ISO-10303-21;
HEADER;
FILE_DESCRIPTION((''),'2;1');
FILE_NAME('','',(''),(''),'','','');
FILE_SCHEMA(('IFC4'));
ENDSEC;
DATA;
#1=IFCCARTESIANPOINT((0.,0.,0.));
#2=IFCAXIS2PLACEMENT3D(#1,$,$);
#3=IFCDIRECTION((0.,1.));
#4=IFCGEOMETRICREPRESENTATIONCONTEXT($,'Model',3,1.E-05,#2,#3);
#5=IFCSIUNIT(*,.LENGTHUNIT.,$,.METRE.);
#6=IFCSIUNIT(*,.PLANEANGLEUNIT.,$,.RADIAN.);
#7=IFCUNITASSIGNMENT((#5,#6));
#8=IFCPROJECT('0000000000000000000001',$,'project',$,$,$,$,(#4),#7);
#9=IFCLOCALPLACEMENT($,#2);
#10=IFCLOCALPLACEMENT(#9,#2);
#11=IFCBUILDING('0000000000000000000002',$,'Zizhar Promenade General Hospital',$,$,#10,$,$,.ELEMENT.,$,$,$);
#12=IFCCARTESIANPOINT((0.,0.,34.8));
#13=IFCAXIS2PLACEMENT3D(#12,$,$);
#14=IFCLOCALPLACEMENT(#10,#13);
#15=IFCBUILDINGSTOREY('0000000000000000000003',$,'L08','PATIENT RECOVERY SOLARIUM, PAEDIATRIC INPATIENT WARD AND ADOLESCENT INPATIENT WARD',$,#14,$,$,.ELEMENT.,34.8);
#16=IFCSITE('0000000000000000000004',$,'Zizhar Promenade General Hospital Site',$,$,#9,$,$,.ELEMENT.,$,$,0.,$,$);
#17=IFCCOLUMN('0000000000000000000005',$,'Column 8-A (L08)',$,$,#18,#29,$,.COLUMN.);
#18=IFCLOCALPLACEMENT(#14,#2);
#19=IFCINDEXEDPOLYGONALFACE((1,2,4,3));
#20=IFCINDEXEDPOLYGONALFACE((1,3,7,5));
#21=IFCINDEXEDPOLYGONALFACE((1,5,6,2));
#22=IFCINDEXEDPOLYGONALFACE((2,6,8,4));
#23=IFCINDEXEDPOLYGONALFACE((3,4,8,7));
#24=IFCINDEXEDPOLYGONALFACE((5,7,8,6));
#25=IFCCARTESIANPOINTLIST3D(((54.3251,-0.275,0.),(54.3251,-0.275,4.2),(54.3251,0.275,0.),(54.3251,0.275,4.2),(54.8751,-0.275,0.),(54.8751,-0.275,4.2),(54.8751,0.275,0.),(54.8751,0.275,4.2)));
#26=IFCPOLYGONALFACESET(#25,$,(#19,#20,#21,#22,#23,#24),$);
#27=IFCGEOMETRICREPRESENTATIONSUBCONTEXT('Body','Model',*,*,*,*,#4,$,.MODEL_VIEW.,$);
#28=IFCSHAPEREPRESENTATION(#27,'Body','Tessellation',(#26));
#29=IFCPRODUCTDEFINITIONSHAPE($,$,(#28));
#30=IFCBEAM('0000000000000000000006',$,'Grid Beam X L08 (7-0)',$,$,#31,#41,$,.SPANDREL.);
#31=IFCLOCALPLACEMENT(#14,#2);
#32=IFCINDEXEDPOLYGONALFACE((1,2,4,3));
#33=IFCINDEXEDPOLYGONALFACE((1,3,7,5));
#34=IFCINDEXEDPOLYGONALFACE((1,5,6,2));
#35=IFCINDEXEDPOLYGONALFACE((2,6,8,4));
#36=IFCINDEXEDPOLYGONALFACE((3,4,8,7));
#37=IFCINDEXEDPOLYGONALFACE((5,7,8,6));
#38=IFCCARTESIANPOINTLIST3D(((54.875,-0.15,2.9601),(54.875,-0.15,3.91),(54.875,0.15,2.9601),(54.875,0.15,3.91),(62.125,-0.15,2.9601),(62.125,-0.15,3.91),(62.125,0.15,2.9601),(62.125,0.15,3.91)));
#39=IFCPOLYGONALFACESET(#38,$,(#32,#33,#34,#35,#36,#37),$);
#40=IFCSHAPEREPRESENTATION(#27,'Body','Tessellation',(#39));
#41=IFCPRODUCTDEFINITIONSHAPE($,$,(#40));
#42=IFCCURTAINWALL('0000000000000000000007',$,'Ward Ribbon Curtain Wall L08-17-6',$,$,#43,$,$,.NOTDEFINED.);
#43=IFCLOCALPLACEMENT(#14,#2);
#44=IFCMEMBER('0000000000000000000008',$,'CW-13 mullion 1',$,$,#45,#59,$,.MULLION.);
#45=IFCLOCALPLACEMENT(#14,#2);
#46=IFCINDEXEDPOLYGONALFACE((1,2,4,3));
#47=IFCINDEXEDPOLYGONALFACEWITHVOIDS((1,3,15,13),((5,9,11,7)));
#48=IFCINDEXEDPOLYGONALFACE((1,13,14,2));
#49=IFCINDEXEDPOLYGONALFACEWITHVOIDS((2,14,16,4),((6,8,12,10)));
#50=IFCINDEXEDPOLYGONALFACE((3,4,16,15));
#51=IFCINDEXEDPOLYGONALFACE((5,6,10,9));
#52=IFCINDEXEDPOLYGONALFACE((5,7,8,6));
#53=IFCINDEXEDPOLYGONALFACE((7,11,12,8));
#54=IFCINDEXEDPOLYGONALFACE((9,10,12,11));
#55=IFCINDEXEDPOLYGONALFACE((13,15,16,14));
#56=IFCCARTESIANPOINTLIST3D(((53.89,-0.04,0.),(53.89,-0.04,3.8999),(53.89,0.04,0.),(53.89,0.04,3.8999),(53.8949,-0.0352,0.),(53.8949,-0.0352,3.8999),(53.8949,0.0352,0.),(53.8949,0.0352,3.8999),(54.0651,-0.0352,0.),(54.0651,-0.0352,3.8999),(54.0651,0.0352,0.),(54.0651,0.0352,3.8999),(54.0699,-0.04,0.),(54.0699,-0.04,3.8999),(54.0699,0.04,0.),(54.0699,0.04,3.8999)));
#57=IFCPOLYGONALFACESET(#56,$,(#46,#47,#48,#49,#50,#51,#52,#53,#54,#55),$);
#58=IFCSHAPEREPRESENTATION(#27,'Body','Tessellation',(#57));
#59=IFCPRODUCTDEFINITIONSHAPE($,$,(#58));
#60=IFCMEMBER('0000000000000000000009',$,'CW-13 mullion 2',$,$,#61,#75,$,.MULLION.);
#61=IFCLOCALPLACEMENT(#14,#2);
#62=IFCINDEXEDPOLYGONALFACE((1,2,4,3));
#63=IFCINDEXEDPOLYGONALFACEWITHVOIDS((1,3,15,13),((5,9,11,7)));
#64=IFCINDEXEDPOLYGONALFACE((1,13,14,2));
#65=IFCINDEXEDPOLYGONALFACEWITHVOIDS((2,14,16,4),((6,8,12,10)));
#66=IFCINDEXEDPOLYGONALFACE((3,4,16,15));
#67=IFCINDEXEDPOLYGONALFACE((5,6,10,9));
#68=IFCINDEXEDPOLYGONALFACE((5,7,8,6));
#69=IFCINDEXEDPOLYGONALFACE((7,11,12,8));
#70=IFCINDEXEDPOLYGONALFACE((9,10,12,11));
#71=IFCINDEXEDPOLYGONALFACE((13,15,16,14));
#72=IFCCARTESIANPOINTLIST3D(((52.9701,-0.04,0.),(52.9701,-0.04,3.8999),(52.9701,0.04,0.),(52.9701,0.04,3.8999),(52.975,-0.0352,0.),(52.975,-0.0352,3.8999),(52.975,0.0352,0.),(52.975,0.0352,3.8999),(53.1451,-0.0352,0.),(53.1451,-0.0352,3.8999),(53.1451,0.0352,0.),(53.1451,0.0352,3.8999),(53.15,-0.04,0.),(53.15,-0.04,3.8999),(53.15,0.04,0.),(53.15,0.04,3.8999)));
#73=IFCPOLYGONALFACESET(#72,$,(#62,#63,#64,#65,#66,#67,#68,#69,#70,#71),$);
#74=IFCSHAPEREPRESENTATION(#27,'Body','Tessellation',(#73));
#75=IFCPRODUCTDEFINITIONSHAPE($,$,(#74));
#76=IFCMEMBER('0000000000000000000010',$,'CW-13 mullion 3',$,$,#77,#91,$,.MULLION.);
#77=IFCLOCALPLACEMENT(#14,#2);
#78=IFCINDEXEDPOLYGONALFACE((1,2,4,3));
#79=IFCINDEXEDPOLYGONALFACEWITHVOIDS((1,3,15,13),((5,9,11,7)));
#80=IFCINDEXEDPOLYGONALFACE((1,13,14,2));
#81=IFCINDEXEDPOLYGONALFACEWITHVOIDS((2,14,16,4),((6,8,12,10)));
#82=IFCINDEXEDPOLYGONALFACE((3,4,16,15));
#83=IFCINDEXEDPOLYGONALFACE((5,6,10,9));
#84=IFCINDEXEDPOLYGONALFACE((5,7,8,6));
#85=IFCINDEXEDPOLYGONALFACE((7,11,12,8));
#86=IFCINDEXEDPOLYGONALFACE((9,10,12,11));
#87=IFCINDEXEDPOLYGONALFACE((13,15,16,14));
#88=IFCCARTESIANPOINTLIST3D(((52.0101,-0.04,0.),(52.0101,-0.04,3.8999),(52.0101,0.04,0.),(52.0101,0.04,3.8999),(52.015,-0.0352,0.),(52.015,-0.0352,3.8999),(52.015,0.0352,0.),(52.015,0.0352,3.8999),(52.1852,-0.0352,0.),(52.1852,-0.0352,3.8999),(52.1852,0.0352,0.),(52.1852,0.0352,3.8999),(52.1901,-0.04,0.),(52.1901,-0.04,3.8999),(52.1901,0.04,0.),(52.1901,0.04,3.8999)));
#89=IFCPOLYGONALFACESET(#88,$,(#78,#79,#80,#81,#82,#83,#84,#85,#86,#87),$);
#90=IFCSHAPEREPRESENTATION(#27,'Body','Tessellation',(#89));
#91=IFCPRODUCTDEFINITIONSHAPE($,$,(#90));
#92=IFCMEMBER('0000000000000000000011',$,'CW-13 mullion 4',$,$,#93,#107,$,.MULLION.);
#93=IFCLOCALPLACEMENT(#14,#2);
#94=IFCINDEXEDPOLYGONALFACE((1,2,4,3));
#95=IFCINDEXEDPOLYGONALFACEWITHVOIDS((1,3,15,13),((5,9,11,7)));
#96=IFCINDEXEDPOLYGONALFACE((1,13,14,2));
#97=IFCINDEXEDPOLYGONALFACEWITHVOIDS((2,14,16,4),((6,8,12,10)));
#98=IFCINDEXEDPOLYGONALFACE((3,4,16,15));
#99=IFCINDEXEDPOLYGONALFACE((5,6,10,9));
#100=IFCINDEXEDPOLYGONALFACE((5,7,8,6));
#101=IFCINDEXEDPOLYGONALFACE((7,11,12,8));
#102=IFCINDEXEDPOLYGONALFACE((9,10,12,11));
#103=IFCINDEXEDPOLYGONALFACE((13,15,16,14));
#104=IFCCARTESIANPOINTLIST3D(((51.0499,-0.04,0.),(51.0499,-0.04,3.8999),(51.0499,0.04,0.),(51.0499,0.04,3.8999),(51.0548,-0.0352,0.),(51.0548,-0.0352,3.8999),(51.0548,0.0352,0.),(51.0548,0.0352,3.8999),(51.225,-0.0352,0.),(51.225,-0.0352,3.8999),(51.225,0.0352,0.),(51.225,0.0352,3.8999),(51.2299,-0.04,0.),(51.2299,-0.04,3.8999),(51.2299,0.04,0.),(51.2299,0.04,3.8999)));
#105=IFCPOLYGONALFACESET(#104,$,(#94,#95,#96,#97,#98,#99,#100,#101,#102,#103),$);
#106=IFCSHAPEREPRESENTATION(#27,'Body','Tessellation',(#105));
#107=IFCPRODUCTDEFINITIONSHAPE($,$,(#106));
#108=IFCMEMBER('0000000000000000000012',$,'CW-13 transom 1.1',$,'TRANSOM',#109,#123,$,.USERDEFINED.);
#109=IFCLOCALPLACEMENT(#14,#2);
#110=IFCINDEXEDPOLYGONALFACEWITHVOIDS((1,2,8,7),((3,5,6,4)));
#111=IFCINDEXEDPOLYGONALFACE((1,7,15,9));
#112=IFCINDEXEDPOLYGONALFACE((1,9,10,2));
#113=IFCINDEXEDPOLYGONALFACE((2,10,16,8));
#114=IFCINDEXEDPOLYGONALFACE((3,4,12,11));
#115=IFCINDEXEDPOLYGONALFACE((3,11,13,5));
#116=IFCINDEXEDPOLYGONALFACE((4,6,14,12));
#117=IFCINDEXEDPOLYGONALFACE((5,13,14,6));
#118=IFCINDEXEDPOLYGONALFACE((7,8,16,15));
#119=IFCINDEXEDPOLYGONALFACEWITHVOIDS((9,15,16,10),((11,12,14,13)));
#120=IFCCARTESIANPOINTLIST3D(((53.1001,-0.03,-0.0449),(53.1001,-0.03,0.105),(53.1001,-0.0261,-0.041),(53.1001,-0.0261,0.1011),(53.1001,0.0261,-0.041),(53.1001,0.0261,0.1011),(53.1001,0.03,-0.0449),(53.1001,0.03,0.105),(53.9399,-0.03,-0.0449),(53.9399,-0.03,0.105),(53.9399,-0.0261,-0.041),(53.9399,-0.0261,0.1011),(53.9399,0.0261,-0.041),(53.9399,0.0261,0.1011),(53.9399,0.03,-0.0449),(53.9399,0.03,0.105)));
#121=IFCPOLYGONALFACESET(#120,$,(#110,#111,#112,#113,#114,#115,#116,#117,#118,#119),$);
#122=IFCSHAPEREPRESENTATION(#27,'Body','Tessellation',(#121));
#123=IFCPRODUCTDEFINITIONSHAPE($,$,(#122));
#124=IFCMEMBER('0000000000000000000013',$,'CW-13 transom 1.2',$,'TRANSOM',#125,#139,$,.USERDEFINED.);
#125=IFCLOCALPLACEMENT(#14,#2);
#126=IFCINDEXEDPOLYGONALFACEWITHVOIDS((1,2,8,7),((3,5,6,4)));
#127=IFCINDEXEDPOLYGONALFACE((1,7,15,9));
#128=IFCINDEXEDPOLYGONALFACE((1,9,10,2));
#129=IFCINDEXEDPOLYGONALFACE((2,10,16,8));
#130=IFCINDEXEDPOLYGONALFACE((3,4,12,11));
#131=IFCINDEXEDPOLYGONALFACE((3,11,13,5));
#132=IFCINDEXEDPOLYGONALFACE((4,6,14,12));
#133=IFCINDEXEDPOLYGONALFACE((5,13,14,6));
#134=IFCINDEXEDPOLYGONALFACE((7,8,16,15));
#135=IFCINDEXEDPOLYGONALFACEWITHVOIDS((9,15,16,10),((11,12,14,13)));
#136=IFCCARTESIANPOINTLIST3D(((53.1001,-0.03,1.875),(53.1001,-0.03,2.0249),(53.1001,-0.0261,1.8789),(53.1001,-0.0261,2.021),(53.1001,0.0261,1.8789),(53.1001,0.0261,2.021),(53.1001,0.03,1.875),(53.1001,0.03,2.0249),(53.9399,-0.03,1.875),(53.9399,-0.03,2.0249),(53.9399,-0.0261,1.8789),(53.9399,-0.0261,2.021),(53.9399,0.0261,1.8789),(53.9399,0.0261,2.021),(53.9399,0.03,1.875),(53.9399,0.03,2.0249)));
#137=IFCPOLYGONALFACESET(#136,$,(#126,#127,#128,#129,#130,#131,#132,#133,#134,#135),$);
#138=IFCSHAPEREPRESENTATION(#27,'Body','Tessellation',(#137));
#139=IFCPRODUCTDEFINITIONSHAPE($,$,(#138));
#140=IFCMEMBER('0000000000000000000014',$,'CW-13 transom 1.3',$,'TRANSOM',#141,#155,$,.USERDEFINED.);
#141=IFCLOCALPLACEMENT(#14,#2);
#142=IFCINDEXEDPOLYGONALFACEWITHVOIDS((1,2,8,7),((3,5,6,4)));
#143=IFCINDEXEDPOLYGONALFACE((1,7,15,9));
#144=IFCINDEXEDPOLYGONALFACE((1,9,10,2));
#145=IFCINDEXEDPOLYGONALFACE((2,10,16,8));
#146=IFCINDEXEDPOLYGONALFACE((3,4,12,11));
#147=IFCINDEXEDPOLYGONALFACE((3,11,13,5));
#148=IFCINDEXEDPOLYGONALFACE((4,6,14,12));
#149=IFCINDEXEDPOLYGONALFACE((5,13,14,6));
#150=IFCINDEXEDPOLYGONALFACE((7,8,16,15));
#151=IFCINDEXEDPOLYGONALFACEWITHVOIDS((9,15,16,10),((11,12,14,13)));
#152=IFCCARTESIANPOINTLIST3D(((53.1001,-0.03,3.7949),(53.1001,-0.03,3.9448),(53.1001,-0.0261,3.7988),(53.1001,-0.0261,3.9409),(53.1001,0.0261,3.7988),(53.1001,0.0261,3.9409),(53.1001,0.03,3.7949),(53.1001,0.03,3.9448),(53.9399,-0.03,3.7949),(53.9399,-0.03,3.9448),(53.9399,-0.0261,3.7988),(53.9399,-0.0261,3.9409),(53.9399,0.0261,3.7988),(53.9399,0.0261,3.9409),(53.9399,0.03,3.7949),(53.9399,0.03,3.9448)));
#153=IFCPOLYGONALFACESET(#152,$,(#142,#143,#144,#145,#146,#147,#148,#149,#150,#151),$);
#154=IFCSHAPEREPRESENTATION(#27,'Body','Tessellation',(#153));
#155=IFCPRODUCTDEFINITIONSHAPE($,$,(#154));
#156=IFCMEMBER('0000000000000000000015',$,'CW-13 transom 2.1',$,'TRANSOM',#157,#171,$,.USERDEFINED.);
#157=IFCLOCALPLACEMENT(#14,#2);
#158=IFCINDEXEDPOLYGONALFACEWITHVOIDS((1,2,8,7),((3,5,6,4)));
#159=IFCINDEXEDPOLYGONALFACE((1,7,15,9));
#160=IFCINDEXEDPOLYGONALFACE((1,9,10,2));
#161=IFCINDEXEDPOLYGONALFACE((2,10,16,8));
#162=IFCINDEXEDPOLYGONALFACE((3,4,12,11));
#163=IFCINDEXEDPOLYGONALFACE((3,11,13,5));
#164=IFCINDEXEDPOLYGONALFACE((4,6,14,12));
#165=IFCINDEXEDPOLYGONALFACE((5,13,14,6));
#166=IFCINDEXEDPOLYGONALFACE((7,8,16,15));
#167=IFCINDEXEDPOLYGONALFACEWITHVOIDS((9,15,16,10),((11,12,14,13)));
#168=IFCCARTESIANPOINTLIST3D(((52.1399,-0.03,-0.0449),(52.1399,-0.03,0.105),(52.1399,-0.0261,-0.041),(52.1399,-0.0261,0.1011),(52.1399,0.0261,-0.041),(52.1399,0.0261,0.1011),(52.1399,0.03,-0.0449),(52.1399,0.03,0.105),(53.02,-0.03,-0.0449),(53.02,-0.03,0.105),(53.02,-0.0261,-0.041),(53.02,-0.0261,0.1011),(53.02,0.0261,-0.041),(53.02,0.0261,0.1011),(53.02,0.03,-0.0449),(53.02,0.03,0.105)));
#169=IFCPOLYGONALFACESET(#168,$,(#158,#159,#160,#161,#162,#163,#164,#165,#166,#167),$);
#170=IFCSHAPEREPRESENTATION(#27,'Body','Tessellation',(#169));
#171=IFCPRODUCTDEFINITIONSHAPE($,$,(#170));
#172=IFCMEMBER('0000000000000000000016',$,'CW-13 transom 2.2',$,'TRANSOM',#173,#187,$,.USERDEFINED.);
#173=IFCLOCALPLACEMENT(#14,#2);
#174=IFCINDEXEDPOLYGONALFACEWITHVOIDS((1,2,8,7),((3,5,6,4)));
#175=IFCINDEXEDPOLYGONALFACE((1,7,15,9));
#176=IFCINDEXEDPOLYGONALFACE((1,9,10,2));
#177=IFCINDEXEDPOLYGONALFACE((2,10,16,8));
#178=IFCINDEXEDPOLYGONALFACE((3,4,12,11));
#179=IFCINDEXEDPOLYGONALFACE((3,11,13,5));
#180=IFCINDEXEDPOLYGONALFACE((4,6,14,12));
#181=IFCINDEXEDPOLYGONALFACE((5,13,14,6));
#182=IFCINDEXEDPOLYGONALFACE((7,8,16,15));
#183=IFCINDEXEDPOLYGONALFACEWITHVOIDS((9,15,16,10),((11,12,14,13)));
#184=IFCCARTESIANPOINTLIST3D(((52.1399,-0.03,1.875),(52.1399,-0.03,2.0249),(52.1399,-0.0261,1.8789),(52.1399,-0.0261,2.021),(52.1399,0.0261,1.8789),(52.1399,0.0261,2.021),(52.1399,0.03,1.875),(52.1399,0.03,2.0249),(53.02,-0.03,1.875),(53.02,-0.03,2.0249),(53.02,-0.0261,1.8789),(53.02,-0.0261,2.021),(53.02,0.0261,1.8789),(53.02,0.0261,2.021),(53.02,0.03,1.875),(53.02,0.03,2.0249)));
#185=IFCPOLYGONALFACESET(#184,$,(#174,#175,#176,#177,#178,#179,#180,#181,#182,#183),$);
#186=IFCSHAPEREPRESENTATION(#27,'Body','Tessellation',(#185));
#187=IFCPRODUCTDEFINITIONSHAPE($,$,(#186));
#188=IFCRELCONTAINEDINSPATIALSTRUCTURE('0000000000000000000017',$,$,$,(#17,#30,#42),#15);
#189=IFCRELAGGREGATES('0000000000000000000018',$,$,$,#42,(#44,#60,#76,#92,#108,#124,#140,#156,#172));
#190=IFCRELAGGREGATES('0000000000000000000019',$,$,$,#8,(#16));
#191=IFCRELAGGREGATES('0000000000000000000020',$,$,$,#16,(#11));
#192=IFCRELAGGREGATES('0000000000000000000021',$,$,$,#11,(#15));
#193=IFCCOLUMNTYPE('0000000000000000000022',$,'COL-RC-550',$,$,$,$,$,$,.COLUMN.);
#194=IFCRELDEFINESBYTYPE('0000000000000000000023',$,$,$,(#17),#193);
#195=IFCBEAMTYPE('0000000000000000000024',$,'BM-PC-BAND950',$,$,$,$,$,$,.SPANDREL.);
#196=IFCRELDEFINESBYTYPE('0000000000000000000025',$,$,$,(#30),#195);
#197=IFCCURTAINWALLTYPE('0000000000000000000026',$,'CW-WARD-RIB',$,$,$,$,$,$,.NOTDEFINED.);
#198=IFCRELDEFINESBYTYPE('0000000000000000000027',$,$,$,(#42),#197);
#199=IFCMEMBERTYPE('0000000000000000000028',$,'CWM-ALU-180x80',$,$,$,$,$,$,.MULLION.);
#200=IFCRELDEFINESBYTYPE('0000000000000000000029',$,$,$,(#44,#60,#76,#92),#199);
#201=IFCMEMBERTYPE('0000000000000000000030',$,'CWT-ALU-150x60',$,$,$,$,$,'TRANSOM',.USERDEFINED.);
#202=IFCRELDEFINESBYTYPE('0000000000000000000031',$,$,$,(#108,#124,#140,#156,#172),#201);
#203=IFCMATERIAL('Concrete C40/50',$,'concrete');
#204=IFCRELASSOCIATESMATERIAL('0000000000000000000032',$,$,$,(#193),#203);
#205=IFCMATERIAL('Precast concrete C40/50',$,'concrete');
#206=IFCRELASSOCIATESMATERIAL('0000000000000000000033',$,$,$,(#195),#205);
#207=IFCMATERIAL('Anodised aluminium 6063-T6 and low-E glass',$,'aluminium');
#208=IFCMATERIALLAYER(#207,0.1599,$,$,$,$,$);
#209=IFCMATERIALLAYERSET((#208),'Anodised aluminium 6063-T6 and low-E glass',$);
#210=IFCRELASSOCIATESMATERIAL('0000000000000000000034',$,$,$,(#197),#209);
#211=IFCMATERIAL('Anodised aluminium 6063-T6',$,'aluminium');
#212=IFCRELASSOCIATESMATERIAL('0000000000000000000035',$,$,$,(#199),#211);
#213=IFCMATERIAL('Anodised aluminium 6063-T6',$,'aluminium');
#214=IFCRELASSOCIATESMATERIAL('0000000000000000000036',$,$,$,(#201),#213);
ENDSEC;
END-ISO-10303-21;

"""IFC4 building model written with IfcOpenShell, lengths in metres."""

from ifc_helpers import new_model, si_unit, direction, frame, origin, origin_2d, place, context, subcontext, project, spatial, rectangle, hollow_rectangle, extrude, material, layer, layer_set, material_profile, profile_set, type_object, element, aggregate, save


model = new_model("IFC4")

# Units and contexts
model_context = context("Model", 3, precision=1e-05, world=origin(), true_north=direction((0.0, 1.0)))
body_context = subcontext(model_context, "Body", "Model", "MODEL_VIEW")
ifc_project = project(units=[si_unit("LENGTHUNIT", "METRE"), si_unit("PLANEANGLEUNIT", "RADIAN")], contexts=[model_context])

# Site, building, storey
site_placement = place(None, origin())
site = spatial("IfcSite", under=ifc_project, at=site_placement, Name="Zizhar Promenade General Hospital Site", CompositionType="ELEMENT", RefElevation=0.0)
building_placement = place(site_placement, origin())
building = spatial("IfcBuilding", under=site, at=building_placement, Name="Zizhar Promenade General Hospital", CompositionType="ELEMENT")
storey_placement = place(building_placement, frame((0.0, 0.0, 34.8)))
storey = spatial("IfcBuildingStorey", under=building, at=storey_placement, Name="L08", Description="PATIENT RECOVERY SOLARIUM, PAEDIATRIC INPATIENT WARD AND ADOLESCENT INPATIENT WARD", CompositionType="ELEMENT", Elevation=34.8)

# Column
ifc_material_1 = material(Name="Concrete C40/50", Category="concrete")
ifc_material_profile_1 = material_profile(ifc_material_1, rectangle(XDim=0.55, YDim=0.55, at=origin_2d()))
ifc_profile_set_1 = profile_set([ifc_material_profile_1], Name="Concrete C40/50")
column_type = type_object("IfcColumnType", Name="COL-RC-550", PredefinedType="COLUMN", material=ifc_profile_set_1)
column_placement = place(storey_placement, frame((54.6001, 0.0, 0.0), z_axis=(0.0, 0.0, 1.0), x_axis=(1.0, 0.0, 0.0)))
element("IfcColumn", 1, at=column_placement, inside=storey, type_object=column_type, Name="Column 8-A (L08)", PredefinedType="COLUMN", context=body_context, shape_type="SweptSolid", body=[
    extrude(rectangle(XDim=0.55, YDim=0.55, at=origin_2d()), origin(), (0.0, 0.0, 1.0), 4.2),
])

# Beam
ifc_material_2 = material(Name="Precast concrete C40/50", Category="concrete")
ifc_material_profile_2 = material_profile(ifc_material_2, rectangle(XDim=0.3, YDim=0.95, at=origin_2d()))
ifc_profile_set_2 = profile_set([ifc_material_profile_2], Name="Precast concrete C40/50")
beam_type = type_object("IfcBeamType", Name="BM-PC-BAND950", PredefinedType="SPANDREL", material=ifc_profile_set_2)
beam_placement = place(storey_placement, frame((54.875, 0.0, 3.4351), z_axis=(1.0, 0.0, 0.0), x_axis=(0.0, 1.0, 0.0)))
element("IfcBeam", 2, at=beam_placement, inside=storey, type_object=beam_type, Name="Grid Beam X L08 (7-0)", PredefinedType="SPANDREL", context=body_context, shape_type="SweptSolid", body=[
    extrude(rectangle(XDim=0.3, YDim=0.95, at=origin_2d()), origin(), (0.0, 0.0, 1.0), 7.25),
])

# Curtain wall, members
ifc_material_3 = material(Name="Anodised aluminium 6063-T6 and low-E glass", Category="aluminium")
ifc_layer_1 = layer(ifc_material_3, 0.1599)
ifc_layer_set_1 = layer_set([ifc_layer_1], Name="Anodised aluminium 6063-T6 and low-E glass")
curtain_wall_type = type_object("IfcCurtainWallType", Name="CW-WARD-RIB", PredefinedType="NOTDEFINED", material=ifc_layer_set_1)
curtain_wall_placement = place(storey_placement, origin())
curtain_wall = element("IfcCurtainWall", 3, at=curtain_wall_placement, inside=storey, type_object=curtain_wall_type, Name="Ward Ribbon Curtain Wall L08-17-6", PredefinedType="NOTDEFINED")
ifc_material_4 = material(Name="Anodised aluminium 6063-T6", Category="aluminium")
ifc_material_profile_3 = material_profile(ifc_material_4, hollow_rectangle(XDim=0.0801, YDim=0.1799, WallThickness=0.0049, at=origin_2d()))
ifc_profile_set_3 = profile_set([ifc_material_profile_3], Name="Anodised aluminium 6063-T6")
member_type_1 = type_object("IfcMemberType", Name="CWM-ALU-180x80", PredefinedType="MULLION", material=ifc_profile_set_3)
member_1_placement = place(storey_placement, frame((53.98, 0.0, 0.0), z_axis=(0.0, 0.0, 1.0), x_axis=(0.0, -1.0, 0.0)))
member_1 = element("IfcMember", 4, at=member_1_placement, type_object=member_type_1, Name="CW-13 mullion 1", PredefinedType="MULLION", context=body_context, shape_type="SweptSolid", body=[
    extrude(hollow_rectangle(XDim=0.0801, YDim=0.1799, WallThickness=0.0049, at=origin_2d()), origin(), (0.0, 0.0, 1.0), 3.8999),
])
member_2_placement = place(storey_placement, frame((53.0601, 0.0, 0.0), z_axis=(0.0, 0.0, 1.0), x_axis=(0.0, -1.0, 0.0)))
member_2 = element("IfcMember", 5, at=member_2_placement, type_object=member_type_1, Name="CW-13 mullion 2", PredefinedType="MULLION", context=body_context, shape_type="SweptSolid", body=[
    extrude(hollow_rectangle(XDim=0.0801, YDim=0.1799, WallThickness=0.0049, at=origin_2d()), origin(), (0.0, 0.0, 1.0), 3.8999),
])
member_3_placement = place(storey_placement, frame((52.1001, 0.0, 0.0), z_axis=(0.0, 0.0, 1.0), x_axis=(0.0, -1.0, 0.0)))
member_3 = element("IfcMember", 6, at=member_3_placement, type_object=member_type_1, Name="CW-13 mullion 3", PredefinedType="MULLION", context=body_context, shape_type="SweptSolid", body=[
    extrude(hollow_rectangle(XDim=0.0801, YDim=0.1799, WallThickness=0.0049, at=origin_2d()), origin(), (0.0, 0.0, 1.0), 3.8999),
])
member_4_placement = place(storey_placement, frame((51.1399, 0.0, 0.0), z_axis=(0.0, 0.0, 1.0), x_axis=(0.0, -1.0, 0.0)))
member_4 = element("IfcMember", 7, at=member_4_placement, type_object=member_type_1, Name="CW-13 mullion 4", PredefinedType="MULLION", context=body_context, shape_type="SweptSolid", body=[
    extrude(hollow_rectangle(XDim=0.0801, YDim=0.1799, WallThickness=0.0049, at=origin_2d()), origin(), (0.0, 0.0, 1.0), 3.8999),
])
ifc_material_5 = material(Name="Anodised aluminium 6063-T6", Category="aluminium")
ifc_material_profile_4 = material_profile(ifc_material_5, hollow_rectangle(XDim=0.0601, YDim=0.1499, WallThickness=0.0039, at=origin_2d()))
ifc_profile_set_4 = profile_set([ifc_material_profile_4], Name="Anodised aluminium 6063-T6")
member_type_2 = type_object("IfcMemberType", Name="CWT-ALU-150x60", ElementType="TRANSOM", PredefinedType="USERDEFINED", material=ifc_profile_set_4)
member_5_placement = place(storey_placement, frame((53.9399, 0.0, 0.03), z_axis=(-1.0, 0.0, 0.0), x_axis=(0.0, -1.0, 0.0)))
member_5 = element("IfcMember", 8, at=member_5_placement, type_object=member_type_2, Name="CW-13 transom 1.1", ObjectType="TRANSOM", PredefinedType="USERDEFINED", context=body_context, shape_type="SweptSolid", body=[
    extrude(hollow_rectangle(XDim=0.0601, YDim=0.1499, WallThickness=0.0039, at=origin_2d()), origin(), (0.0, 0.0, 1.0), 0.8398),
])
member_6_placement = place(storey_placement, frame((53.9399, 0.0, 1.95), z_axis=(-1.0, 0.0, 0.0), x_axis=(0.0, -1.0, 0.0)))
member_6 = element("IfcMember", 9, at=member_6_placement, type_object=member_type_2, Name="CW-13 transom 1.2", ObjectType="TRANSOM", PredefinedType="USERDEFINED", context=body_context, shape_type="SweptSolid", body=[
    extrude(hollow_rectangle(XDim=0.0601, YDim=0.1499, WallThickness=0.0039, at=origin_2d()), origin(), (0.0, 0.0, 1.0), 0.8398),
])
member_7_placement = place(storey_placement, frame((53.9399, 0.0, 3.8699), z_axis=(-1.0, 0.0, 0.0), x_axis=(0.0, -1.0, 0.0)))
member_7 = element("IfcMember", 10, at=member_7_placement, type_object=member_type_2, Name="CW-13 transom 1.3", ObjectType="TRANSOM", PredefinedType="USERDEFINED", context=body_context, shape_type="SweptSolid", body=[
    extrude(hollow_rectangle(XDim=0.0601, YDim=0.1499, WallThickness=0.0039, at=origin_2d()), origin(), (0.0, 0.0, 1.0), 0.8398),
])
member_8_placement = place(storey_placement, frame((53.02, 0.0, 0.03), z_axis=(-1.0, 0.0, 0.0), x_axis=(0.0, -1.0, 0.0)))
member_8 = element("IfcMember", 11, at=member_8_placement, type_object=member_type_2, Name="CW-13 transom 2.1", ObjectType="TRANSOM", PredefinedType="USERDEFINED", context=body_context, shape_type="SweptSolid", body=[
    extrude(hollow_rectangle(XDim=0.0601, YDim=0.1499, WallThickness=0.0039, at=origin_2d()), origin(), (0.0, 0.0, 1.0), 0.8801),
])
member_9_placement = place(storey_placement, frame((53.02, 0.0, 1.95), z_axis=(-1.0, 0.0, 0.0), x_axis=(0.0, -1.0, 0.0)))
member_9 = element("IfcMember", 12, at=member_9_placement, type_object=member_type_2, Name="CW-13 transom 2.2", ObjectType="TRANSOM", PredefinedType="USERDEFINED", context=body_context, shape_type="SweptSolid", body=[
    extrude(hollow_rectangle(XDim=0.0601, YDim=0.1499, WallThickness=0.0039, at=origin_2d()), origin(), (0.0, 0.0, 1.0), 0.8801),
])
aggregate(curtain_wall, [member_1, member_2, member_3, member_4, member_5, member_6, member_7, member_8, member_9])

save(model, "model.ifc")
